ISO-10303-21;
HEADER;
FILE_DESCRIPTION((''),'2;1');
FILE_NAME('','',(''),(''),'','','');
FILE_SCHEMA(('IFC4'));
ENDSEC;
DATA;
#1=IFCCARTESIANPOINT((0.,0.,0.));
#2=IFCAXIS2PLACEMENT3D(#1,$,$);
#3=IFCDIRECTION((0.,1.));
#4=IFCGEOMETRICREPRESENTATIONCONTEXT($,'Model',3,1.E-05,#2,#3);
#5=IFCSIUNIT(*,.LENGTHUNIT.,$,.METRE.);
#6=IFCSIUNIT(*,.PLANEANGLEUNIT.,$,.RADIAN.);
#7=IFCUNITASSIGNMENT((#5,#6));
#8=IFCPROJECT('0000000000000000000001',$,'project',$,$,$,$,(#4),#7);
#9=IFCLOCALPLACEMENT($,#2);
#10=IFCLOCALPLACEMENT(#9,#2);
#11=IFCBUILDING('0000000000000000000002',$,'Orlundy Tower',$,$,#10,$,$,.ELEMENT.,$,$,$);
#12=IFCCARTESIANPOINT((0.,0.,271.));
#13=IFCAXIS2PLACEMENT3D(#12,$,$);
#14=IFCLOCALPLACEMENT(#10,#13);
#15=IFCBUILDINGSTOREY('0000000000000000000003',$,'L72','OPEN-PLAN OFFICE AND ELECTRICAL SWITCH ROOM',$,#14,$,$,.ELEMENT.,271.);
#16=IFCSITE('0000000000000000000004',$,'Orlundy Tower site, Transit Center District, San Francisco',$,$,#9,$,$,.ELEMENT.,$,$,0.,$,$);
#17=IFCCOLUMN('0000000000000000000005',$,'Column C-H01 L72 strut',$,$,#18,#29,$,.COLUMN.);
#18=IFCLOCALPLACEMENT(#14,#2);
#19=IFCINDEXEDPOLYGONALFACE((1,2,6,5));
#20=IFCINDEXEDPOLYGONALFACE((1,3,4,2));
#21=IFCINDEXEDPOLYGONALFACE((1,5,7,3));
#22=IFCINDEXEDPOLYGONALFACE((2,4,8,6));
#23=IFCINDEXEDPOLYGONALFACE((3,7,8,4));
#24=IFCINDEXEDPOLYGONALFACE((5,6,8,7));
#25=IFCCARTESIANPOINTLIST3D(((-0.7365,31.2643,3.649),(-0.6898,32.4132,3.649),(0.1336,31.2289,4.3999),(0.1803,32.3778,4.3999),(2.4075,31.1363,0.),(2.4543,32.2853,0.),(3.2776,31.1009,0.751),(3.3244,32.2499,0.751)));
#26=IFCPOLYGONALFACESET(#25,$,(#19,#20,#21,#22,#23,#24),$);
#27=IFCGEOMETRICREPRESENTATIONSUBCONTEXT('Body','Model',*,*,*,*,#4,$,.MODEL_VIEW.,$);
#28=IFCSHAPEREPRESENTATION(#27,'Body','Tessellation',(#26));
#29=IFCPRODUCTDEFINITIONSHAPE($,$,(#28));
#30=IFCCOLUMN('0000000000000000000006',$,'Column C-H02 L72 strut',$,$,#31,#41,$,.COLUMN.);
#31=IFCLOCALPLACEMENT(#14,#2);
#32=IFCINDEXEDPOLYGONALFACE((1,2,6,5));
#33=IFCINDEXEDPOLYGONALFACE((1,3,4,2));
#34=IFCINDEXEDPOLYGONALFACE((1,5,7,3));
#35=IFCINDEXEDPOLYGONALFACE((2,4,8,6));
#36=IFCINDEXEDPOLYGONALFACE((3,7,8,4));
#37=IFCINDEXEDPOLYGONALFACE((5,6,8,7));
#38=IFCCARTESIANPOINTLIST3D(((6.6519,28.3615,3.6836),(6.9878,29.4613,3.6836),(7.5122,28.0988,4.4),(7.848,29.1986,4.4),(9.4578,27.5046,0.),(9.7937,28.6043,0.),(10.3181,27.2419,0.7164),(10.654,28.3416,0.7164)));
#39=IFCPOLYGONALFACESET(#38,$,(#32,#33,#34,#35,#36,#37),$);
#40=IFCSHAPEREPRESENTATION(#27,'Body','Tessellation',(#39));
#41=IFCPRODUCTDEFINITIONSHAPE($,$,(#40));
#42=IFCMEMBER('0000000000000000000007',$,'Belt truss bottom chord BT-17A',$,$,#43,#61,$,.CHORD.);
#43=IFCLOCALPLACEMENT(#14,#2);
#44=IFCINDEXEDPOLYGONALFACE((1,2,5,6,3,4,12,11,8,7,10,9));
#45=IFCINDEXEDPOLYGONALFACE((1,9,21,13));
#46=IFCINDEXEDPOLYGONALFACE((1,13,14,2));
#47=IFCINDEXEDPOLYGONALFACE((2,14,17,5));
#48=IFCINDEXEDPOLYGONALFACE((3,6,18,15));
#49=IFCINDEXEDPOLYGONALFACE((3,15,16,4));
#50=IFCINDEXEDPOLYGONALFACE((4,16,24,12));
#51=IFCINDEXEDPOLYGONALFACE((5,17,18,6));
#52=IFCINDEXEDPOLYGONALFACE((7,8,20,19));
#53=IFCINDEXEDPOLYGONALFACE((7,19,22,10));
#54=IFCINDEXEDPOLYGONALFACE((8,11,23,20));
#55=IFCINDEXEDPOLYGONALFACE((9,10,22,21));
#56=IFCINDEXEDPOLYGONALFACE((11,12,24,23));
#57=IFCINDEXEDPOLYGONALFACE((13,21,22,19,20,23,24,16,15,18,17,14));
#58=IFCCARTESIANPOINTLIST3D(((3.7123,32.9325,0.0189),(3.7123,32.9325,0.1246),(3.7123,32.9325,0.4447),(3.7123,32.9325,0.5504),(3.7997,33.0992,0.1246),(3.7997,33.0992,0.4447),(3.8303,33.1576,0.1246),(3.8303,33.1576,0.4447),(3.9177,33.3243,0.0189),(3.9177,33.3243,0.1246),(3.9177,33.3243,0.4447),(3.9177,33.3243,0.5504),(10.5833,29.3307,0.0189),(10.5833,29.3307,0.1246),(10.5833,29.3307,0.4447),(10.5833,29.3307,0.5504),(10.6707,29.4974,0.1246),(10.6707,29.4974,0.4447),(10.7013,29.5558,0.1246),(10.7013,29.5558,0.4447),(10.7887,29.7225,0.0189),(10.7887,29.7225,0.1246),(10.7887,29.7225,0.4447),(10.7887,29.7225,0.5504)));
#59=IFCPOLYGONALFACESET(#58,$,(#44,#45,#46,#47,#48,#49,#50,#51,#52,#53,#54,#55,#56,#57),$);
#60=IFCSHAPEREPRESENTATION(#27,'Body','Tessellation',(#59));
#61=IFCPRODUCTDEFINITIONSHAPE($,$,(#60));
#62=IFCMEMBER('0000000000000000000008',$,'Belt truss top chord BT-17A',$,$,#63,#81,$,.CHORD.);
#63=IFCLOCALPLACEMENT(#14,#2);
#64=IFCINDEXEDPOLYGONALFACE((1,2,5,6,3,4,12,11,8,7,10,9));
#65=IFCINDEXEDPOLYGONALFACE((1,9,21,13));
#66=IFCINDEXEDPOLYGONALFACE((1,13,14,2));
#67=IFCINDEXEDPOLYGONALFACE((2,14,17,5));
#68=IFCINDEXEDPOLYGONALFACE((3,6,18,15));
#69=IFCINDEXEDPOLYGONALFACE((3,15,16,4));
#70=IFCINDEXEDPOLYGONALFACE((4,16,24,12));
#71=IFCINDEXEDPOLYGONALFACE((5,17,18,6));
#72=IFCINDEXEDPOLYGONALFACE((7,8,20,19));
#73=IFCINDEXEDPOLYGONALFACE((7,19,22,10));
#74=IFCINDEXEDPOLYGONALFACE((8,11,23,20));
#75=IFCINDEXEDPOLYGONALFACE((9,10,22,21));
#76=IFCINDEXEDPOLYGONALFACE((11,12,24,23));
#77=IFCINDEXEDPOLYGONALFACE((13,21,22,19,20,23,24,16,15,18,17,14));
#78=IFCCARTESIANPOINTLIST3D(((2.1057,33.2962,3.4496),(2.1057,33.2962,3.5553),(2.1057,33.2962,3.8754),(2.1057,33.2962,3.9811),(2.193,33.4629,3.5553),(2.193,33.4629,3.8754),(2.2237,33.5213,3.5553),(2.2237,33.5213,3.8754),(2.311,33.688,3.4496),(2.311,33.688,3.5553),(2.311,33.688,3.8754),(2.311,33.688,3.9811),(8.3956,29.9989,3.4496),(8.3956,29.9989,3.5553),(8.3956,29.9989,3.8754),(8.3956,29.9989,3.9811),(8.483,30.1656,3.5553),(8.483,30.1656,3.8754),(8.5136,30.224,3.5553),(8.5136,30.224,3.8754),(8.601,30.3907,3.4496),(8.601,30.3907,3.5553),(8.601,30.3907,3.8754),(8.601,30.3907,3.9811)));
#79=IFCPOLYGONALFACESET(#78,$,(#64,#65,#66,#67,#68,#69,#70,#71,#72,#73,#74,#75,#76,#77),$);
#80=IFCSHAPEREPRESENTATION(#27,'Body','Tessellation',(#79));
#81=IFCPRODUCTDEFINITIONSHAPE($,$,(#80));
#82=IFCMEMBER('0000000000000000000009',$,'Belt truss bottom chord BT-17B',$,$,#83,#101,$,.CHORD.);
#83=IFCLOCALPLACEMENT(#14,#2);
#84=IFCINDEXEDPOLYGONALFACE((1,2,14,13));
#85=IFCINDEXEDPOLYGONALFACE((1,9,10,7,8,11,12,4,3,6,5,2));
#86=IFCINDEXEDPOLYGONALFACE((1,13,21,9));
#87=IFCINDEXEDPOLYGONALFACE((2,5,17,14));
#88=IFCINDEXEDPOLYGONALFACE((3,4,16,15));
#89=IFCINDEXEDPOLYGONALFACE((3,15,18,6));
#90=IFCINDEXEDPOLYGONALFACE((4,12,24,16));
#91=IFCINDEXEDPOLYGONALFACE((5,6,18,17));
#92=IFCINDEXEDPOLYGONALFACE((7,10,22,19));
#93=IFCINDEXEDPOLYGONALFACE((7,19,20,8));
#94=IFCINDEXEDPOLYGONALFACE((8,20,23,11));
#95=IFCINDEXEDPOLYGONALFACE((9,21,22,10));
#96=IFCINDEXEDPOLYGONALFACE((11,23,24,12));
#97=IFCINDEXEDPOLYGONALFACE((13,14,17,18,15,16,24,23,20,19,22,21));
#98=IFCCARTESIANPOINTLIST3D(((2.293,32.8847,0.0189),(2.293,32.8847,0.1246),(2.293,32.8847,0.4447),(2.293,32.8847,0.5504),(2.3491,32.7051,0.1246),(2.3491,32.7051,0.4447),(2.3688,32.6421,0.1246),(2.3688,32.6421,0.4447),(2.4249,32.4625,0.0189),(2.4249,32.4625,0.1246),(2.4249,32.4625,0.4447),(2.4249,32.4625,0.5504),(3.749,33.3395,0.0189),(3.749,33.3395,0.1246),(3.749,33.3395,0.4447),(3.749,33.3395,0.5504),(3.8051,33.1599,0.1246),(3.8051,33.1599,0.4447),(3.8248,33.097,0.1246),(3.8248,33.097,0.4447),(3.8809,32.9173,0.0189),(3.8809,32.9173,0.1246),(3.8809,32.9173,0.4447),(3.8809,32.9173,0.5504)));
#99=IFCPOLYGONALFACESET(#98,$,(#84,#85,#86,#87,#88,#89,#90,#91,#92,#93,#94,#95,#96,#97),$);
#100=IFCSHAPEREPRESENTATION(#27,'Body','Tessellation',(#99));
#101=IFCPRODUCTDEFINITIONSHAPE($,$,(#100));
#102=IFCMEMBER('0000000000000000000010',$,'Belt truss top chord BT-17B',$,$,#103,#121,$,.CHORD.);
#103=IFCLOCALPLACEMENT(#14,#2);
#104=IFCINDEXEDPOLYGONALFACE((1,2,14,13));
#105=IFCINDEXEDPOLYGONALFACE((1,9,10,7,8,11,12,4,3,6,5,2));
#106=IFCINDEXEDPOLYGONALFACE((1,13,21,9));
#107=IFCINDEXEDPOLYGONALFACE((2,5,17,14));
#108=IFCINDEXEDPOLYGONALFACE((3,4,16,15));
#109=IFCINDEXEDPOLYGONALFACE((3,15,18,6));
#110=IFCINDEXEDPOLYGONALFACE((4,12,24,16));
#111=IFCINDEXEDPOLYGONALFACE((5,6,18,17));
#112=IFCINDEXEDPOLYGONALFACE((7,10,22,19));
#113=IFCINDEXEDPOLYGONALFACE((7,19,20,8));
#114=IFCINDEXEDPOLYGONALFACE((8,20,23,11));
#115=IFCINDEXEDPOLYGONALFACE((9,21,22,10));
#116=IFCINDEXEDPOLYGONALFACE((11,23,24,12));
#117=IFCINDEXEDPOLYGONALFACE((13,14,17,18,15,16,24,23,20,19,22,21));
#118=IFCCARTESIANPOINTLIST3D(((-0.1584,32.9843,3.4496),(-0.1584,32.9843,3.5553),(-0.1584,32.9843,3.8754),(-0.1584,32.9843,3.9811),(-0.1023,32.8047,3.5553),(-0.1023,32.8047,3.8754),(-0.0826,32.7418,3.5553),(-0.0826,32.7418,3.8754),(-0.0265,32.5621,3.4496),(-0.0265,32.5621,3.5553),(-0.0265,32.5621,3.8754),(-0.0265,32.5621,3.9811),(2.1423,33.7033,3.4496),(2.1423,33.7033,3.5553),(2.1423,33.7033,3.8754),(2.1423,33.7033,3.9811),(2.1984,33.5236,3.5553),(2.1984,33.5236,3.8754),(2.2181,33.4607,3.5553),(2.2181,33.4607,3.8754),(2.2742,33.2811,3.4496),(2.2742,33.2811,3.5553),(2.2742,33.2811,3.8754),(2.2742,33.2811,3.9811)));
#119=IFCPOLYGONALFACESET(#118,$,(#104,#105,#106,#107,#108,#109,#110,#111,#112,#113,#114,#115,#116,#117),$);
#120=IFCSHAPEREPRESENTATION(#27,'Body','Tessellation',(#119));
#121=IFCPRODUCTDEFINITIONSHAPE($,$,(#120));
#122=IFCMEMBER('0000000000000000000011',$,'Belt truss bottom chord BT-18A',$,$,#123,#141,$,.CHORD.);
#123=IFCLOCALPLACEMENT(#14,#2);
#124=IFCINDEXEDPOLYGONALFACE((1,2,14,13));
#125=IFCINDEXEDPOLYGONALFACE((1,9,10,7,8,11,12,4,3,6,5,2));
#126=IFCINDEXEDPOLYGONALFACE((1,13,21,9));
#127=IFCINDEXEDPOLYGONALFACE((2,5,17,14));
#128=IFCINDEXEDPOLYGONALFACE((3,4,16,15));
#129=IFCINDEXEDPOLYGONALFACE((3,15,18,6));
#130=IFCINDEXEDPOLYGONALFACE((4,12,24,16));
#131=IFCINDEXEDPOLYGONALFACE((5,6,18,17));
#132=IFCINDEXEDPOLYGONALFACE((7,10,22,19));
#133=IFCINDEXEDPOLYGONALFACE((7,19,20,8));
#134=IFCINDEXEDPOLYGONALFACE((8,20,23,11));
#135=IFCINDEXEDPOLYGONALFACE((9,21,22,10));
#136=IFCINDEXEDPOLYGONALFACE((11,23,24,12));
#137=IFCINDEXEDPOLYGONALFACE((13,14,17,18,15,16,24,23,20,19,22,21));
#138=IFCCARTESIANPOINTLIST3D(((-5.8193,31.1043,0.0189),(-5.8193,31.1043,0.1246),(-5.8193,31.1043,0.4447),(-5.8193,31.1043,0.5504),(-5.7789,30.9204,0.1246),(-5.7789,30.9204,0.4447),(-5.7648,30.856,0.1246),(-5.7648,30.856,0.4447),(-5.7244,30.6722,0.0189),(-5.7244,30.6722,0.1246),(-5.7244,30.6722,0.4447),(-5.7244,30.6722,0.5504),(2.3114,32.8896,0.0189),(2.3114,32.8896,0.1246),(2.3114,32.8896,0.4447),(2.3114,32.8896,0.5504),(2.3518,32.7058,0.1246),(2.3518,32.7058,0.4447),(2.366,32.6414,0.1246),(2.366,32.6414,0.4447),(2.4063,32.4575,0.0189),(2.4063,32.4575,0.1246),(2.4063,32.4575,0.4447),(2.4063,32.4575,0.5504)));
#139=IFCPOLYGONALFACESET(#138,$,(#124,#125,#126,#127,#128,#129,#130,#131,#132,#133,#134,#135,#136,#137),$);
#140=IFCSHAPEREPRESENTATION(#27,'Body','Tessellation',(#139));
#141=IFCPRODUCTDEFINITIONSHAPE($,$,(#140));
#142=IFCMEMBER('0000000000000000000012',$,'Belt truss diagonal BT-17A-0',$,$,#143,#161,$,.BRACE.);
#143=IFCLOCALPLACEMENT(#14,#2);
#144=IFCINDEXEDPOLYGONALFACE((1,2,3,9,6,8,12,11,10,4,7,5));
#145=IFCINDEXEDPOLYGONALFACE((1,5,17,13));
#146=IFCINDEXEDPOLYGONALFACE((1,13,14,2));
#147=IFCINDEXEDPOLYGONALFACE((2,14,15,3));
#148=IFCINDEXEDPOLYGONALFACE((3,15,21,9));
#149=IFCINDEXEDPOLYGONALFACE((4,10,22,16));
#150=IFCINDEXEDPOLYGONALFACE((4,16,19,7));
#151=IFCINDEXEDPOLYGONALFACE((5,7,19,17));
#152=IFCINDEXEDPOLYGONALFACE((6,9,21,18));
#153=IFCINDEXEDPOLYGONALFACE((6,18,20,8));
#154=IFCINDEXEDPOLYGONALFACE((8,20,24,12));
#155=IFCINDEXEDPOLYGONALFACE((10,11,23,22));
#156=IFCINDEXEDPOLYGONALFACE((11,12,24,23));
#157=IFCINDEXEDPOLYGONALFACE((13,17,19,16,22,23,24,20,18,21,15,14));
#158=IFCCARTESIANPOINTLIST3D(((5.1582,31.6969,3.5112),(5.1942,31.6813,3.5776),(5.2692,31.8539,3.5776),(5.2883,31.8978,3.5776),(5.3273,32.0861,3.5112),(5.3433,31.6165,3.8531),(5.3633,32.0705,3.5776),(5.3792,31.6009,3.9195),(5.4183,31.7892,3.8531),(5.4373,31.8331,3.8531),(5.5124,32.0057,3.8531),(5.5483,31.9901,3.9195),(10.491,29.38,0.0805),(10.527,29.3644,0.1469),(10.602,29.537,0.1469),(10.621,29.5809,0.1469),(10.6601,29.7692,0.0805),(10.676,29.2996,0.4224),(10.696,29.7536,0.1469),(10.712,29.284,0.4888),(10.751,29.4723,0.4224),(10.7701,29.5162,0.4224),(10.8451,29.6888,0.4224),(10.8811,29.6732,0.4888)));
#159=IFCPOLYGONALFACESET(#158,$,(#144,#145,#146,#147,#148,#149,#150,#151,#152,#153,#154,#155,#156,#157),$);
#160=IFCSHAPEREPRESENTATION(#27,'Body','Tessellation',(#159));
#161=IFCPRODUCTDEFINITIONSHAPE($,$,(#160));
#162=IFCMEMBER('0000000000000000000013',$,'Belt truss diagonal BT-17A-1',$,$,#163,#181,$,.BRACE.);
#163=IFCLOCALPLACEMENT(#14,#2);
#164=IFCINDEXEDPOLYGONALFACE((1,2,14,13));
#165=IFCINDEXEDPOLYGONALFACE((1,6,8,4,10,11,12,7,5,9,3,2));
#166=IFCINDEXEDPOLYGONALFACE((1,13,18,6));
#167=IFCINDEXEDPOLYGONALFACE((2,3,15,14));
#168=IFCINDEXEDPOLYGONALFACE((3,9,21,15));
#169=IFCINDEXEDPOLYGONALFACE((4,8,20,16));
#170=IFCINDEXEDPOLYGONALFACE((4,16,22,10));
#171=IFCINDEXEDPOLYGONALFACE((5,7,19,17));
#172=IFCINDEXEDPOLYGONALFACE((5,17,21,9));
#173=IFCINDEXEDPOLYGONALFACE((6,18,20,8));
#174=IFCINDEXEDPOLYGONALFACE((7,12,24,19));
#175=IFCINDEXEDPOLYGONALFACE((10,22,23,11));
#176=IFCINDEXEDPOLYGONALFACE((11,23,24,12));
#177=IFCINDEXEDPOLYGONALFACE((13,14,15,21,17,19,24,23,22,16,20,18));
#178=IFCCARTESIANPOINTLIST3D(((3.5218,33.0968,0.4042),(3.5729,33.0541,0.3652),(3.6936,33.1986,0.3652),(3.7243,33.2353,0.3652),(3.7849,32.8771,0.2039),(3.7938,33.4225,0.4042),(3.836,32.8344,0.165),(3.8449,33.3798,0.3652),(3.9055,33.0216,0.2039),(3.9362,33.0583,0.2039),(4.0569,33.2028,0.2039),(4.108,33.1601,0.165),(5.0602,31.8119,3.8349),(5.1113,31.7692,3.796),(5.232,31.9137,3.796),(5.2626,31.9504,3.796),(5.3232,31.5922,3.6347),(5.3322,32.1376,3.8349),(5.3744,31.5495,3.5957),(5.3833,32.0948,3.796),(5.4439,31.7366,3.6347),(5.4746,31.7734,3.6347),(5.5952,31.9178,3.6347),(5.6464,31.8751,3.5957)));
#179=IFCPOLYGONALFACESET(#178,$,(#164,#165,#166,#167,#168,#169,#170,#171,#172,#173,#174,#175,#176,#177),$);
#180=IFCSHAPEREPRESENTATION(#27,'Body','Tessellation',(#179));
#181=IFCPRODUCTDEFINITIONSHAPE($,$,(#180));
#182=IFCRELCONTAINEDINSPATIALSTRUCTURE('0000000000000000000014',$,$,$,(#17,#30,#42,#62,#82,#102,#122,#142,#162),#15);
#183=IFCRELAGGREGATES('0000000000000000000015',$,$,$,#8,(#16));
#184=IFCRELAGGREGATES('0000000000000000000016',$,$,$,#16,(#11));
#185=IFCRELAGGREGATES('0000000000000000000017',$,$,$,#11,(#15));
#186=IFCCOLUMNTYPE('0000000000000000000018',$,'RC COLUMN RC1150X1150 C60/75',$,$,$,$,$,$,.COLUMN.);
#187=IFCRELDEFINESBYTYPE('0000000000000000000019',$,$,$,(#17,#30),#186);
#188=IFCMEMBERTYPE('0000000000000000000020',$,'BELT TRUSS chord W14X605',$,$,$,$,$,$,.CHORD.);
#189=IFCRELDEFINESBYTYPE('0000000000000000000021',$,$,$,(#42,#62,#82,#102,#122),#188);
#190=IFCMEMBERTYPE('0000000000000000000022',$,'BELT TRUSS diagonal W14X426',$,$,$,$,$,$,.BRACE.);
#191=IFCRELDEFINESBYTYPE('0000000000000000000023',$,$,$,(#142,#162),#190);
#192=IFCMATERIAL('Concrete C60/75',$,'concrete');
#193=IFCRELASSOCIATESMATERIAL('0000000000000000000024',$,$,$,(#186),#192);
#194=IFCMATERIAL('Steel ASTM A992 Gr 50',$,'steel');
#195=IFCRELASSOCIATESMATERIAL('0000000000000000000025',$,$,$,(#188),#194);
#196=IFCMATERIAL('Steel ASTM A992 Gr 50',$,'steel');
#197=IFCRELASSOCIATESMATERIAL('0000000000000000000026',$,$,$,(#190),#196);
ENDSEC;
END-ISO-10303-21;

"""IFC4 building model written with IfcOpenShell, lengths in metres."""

from ifc_helpers import new_model, si_unit, direction, frame, origin, origin_2d, place, context, subcontext, project, spatial, rectangle, i_section, extrude, material, material_profile, profile_set, type_object, element, save


model = new_model("IFC4")

# Units and contexts
model_context = context("Model", 3, precision=1e-05, world=origin(), true_north=direction((0.0, 1.0)))
body_context = subcontext(model_context, "Body", "Model", "MODEL_VIEW")
ifc_project = project(units=[si_unit("LENGTHUNIT", "METRE"), si_unit("PLANEANGLEUNIT", "RADIAN")], contexts=[model_context])

# Site, building, storey
site_placement = place(None, origin())
site = spatial("IfcSite", under=ifc_project, at=site_placement, Name="Orlundy Tower site, Transit Center District, San Francisco", CompositionType="ELEMENT", RefElevation=0.0)
building_placement = place(site_placement, origin())
building = spatial("IfcBuilding", under=site, at=building_placement, Name="Orlundy Tower", CompositionType="ELEMENT")
storey_placement = place(building_placement, frame((0.0, 0.0, 271.0)))
storey = spatial("IfcBuildingStorey", under=building, at=storey_placement, Name="L72", Description="OPEN-PLAN OFFICE AND ELECTRICAL SWITCH ROOM", CompositionType="ELEMENT", Elevation=271.0)

# Columns
ifc_material_1 = material(Name="Concrete C60/75", Category="concrete")
ifc_material_profile_1 = material_profile(ifc_material_1, rectangle(XDim=1.1499, YDim=1.1499, at=origin_2d()), Name="RC1150X1150")
ifc_profile_set_1 = profile_set([ifc_material_profile_1], Name="Concrete C60/75")
column_type = type_object("IfcColumnType", Name="RC COLUMN RC1150X1150 C60/75", PredefinedType="COLUMN", material=ifc_profile_set_1)
column_1_placement = place(storey_placement, frame((2.866, 31.6931, 0.3755), z_axis=(-0.652521, 0.026551, 0.757305), x_axis=(-0.040656, -0.999173, 0.0)))
element("IfcColumn", 1, at=column_1_placement, inside=storey, type_object=column_type, Name="Column C-H01 L72 strut", PredefinedType="COLUMN", context=body_context, shape_type="SweptSolid", body=[
    extrude(rectangle(XDim=1.1499, YDim=1.1499, at=origin_2d()), origin(), (0.0, 0.0, 1.0), 4.8184),
])
column_2_placement = place(storey_placement, frame((10.0559, 27.9231, 0.3582), z_axis=(-0.595839, 0.181971, 0.782217), x_axis=(-0.292085, -0.956392, 0.0)))
element("IfcColumn", 2, at=column_2_placement, inside=storey, type_object=column_type, Name="Column C-H02 L72 strut", PredefinedType="COLUMN", context=body_context, shape_type="SweptSolid", body=[
    extrude(rectangle(XDim=1.1499, YDim=1.1499, at=origin_2d()), origin(), (0.0, 0.0, 1.0), 4.7092),
])

# Members
ifc_material_2 = material(Name="Steel ASTM A992 Gr 50", Category="steel")
ifc_material_profile_2 = material_profile(ifc_material_2, i_section(OverallWidth=0.4424, OverallDepth=0.5315, WebThickness=0.0659, FlangeThickness=0.1057, at=origin_2d()), Name="W14X605")
ifc_profile_set_2 = profile_set([ifc_material_profile_2], Name="Steel ASTM A992 Gr 50")
member_type_1 = type_object("IfcMemberType", Name="BELT TRUSS chord W14X605", PredefinedType="CHORD", material=ifc_profile_set_2)
member_1_placement = place(storey_placement, frame((10.686, 29.5266, 0.2847), z_axis=(-0.88569, 0.464276, 0.0), x_axis=(-0.464276, -0.88569, 0.0)))
element("IfcMember", 3, at=member_1_placement, inside=storey, type_object=member_type_1, Name="Belt truss bottom chord BT-17A", PredefinedType="CHORD", context=body_context, shape_type="SweptSolid", body=[
    extrude(i_section(OverallWidth=0.4424, OverallDepth=0.5315, WebThickness=0.0659, FlangeThickness=0.1057, at=origin_2d()), origin(), (0.0, 0.0, 1.0), 7.7578),
])
member_2_placement = place(storey_placement, frame((8.4983, 30.1948, 3.7153), z_axis=(-0.885682, 0.464292, 0.0), x_axis=(-0.464292, -0.885682, 0.0)))
element("IfcMember", 4, at=member_2_placement, inside=storey, type_object=member_type_1, Name="Belt truss top chord BT-17A", PredefinedType="CHORD", context=body_context, shape_type="SweptSolid", body=[
    extrude(i_section(OverallWidth=0.4424, OverallDepth=0.5315, WebThickness=0.0659, FlangeThickness=0.1057, at=origin_2d()), origin(), (0.0, 0.0, 1.0), 7.1018),
])
member_3_placement = place(storey_placement, frame((3.8149, 33.1284, 0.2847), z_axis=(-0.954514, -0.298166, 0.0), x_axis=(0.298166, -0.954514, 0.0)))
element("IfcMember", 5, at=member_3_placement, inside=storey, type_object=member_type_1, Name="Belt truss bottom chord BT-17B", PredefinedType="CHORD", context=body_context, shape_type="SweptSolid", body=[
    extrude(i_section(OverallWidth=0.4424, OverallDepth=0.5315, WebThickness=0.0659, FlangeThickness=0.1057, at=origin_2d()), origin(), (0.0, 0.0, 1.0), 1.5254),
])
member_4_placement = place(storey_placement, frame((2.2083, 33.4922, 3.7153), z_axis=(-0.95448, -0.298275, 0.0), x_axis=(0.298275, -0.95448, 0.0)))
element("IfcMember", 6, at=member_4_placement, inside=storey, type_object=member_type_1, Name="Belt truss top chord BT-17B", PredefinedType="CHORD", context=body_context, shape_type="SweptSolid", body=[
    extrude(i_section(OverallWidth=0.4424, OverallDepth=0.5315, WebThickness=0.0659, FlangeThickness=0.1057, at=origin_2d()), origin(), (0.0, 0.0, 1.0), 2.4104),
])
member_5_placement = place(storey_placement, frame((2.3589, 32.6736, 0.2847), z_axis=(-0.97673, -0.214473, 0.0), x_axis=(0.214473, -0.97673, 0.0)))
element("IfcMember", 7, at=member_5_placement, inside=storey, type_object=member_type_1, Name="Belt truss bottom chord BT-18A", PredefinedType="CHORD", context=body_context, shape_type="SweptSolid", body=[
    extrude(i_section(OverallWidth=0.4424, OverallDepth=0.5315, WebThickness=0.0659, FlangeThickness=0.1057, at=origin_2d()), origin(), (0.0, 0.0, 1.0), 8.3245),
])
ifc_material_3 = material(Name="Steel ASTM A992 Gr 50", Category="steel")
ifc_material_profile_3 = material_profile(ifc_material_3, i_section(OverallWidth=0.4243, OverallDepth=0.4741, WebThickness=0.0479, FlangeThickness=0.0771, at=origin_2d()), Name="W14X426")
ifc_profile_set_3 = profile_set([ifc_material_profile_3], Name="Steel ASTM A992 Gr 50")
member_type_2 = type_object("IfcMemberType", Name="BELT TRUSS diagonal W14X426", PredefinedType="BRACE", material=ifc_profile_set_3)
member_6_placement = place(storey_placement, frame((10.686, 29.5266, 0.2847), z_axis=(-0.789924, 0.343193, 0.508172), x_axis=(-0.39848, -0.917177, 0.0)))
element("IfcMember", 8, at=member_6_placement, inside=storey, type_object=member_type_2, Name="Belt truss diagonal BT-17A-0", PredefinedType="BRACE", context=body_context, shape_type="SweptSolid", body=[
    extrude(i_section(OverallWidth=0.4243, OverallDepth=0.4741, WebThickness=0.0479, FlangeThickness=0.0771, at=origin_2d()), origin(), (0.0, 0.0, 1.0), 6.751),
])
member_7_placement = place(storey_placement, frame((5.3533, 31.8435, 3.7153), z_axis=(-0.387169, 0.323389, -0.863435), x_axis=(-0.641059, -0.767492, 0.0)))
element("IfcMember", 9, at=member_7_placement, inside=storey, type_object=member_type_2, Name="Belt truss diagonal BT-17A-1", PredefinedType="BRACE", context=body_context, shape_type="SweptSolid", body=[
    extrude(i_section(OverallWidth=0.4243, OverallDepth=0.4741, WebThickness=0.0479, FlangeThickness=0.0771, at=origin_2d()), origin(), (0.0, 0.0, 1.0), 3.9734),
])

save(model, "model.ifc")
